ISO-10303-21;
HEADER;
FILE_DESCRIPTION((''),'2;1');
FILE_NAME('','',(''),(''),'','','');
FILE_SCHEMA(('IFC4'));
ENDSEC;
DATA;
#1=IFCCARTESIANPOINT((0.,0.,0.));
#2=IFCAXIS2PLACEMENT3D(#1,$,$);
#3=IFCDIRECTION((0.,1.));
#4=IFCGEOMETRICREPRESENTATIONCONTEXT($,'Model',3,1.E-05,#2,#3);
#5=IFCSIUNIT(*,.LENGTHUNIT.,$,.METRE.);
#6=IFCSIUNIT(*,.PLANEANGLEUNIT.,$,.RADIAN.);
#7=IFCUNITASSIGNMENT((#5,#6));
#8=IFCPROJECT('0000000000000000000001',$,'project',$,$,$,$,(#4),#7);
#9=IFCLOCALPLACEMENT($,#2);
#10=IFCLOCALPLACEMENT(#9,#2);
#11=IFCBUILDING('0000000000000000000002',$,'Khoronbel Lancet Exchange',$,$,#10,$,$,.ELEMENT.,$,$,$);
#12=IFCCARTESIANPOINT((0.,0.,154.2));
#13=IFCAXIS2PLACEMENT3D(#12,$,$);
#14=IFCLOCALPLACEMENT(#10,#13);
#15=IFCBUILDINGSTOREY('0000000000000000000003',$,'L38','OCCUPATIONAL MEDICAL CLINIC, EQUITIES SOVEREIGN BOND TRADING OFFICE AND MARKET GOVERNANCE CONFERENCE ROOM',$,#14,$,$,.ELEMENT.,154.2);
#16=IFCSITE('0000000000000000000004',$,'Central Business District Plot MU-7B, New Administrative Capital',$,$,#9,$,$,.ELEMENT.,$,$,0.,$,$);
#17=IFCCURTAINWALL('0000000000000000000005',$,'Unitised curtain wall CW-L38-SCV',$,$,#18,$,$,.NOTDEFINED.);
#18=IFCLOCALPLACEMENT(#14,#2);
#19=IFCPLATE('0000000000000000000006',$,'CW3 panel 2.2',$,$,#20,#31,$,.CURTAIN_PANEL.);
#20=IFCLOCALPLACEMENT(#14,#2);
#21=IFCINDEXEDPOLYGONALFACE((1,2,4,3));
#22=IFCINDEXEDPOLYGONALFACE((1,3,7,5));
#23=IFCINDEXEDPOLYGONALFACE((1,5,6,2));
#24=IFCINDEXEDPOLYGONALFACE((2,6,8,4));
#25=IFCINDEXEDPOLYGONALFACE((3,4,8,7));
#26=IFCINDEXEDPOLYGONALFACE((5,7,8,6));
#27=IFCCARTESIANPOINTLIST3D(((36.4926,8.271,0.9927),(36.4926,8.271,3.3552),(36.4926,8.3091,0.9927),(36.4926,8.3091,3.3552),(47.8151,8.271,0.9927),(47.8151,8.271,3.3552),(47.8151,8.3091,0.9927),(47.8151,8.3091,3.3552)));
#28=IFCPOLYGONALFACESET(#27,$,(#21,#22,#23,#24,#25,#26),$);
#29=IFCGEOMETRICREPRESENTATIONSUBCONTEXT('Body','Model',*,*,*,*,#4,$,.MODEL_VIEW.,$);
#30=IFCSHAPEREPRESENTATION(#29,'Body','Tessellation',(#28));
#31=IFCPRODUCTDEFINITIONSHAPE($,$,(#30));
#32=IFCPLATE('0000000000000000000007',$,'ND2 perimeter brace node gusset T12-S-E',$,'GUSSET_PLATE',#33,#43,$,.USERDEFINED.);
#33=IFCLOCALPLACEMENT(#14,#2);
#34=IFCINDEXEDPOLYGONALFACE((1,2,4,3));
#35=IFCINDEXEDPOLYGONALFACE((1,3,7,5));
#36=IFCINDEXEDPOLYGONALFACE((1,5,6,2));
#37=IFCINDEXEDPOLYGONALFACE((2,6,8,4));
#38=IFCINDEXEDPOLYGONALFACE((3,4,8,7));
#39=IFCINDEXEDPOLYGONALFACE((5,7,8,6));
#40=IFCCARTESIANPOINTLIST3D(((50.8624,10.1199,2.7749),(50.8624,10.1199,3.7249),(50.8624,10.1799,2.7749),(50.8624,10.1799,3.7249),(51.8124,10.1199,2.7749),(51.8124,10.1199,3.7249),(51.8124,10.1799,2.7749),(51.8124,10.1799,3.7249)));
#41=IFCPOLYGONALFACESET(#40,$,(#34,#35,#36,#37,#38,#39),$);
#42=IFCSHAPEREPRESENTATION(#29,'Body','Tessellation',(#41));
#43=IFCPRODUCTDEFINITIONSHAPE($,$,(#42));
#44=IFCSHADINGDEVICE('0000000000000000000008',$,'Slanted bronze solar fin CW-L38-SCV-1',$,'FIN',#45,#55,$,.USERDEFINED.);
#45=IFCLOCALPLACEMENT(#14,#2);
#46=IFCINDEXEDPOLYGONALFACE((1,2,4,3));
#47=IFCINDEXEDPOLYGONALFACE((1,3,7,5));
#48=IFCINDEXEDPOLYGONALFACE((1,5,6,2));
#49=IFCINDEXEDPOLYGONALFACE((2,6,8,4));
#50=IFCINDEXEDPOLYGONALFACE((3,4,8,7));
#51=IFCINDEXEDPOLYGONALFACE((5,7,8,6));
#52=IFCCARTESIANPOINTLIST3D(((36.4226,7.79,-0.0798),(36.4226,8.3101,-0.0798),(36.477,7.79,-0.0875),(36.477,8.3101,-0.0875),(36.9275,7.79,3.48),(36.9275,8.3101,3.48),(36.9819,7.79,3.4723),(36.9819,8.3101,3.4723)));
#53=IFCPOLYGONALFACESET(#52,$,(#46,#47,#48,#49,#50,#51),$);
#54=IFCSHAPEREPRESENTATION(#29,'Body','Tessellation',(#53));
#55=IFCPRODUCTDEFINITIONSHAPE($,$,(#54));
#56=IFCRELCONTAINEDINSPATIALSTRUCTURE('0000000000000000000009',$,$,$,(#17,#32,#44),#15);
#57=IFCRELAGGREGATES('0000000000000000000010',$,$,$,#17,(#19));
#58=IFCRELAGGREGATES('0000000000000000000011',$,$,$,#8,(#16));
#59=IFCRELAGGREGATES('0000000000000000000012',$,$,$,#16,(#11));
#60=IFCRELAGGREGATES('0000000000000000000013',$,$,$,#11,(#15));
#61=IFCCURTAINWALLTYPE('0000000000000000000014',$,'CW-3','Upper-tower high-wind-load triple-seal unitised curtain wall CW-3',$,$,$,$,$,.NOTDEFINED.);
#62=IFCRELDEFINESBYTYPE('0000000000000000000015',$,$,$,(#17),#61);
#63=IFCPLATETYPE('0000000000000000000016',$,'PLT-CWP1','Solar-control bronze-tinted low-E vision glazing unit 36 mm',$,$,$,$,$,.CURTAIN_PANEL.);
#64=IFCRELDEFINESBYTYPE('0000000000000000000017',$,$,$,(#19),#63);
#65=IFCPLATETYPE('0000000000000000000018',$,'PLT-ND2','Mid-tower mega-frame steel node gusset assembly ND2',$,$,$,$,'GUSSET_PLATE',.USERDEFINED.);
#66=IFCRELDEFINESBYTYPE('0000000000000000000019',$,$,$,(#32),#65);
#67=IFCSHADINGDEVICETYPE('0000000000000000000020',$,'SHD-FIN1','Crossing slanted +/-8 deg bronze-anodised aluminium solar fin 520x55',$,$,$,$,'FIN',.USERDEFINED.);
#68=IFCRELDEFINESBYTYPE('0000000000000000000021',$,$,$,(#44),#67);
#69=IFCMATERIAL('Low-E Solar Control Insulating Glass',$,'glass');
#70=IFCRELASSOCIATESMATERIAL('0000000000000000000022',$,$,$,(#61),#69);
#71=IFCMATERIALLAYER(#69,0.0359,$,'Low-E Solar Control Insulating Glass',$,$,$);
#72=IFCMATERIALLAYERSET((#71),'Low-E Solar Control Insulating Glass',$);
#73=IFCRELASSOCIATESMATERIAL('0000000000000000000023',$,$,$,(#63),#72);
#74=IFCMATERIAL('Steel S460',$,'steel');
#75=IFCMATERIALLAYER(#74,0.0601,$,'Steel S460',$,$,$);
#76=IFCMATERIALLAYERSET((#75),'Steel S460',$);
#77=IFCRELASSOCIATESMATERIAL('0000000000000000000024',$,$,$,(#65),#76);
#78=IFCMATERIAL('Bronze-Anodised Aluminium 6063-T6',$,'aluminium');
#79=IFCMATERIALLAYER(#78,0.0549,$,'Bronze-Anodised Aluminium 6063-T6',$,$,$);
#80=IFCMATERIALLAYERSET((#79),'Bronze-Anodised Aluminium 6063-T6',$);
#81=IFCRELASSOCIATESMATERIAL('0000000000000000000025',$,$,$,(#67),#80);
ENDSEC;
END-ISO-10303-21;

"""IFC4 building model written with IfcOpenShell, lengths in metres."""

from ifc_helpers import new_model, si_unit, direction, frame, origin, origin_2d, place, context, subcontext, project, spatial, polyline, rectangle, outline, extrude, material, layer, layer_set, type_object, element, aggregate, save


model = new_model("IFC4")

# Units and contexts
model_context = context("Model", 3, precision=1e-05, world=origin(), true_north=direction((0.0, 1.0)))
body_context = subcontext(model_context, "Body", "Model", "MODEL_VIEW")
ifc_project = project(units=[si_unit("LENGTHUNIT", "METRE"), si_unit("PLANEANGLEUNIT", "RADIAN")], contexts=[model_context])

# Site, building, storey
site_placement = place(None, origin())
site = spatial("IfcSite", under=ifc_project, at=site_placement, Name="Central Business District Plot MU-7B, New Administrative Capital", CompositionType="ELEMENT", RefElevation=0.0)
building_placement = place(site_placement, origin())
building = spatial("IfcBuilding", under=site, at=building_placement, Name="Khoronbel Lancet Exchange", CompositionType="ELEMENT")
storey_placement = place(building_placement, frame((0.0, 0.0, 154.2)))
storey = spatial("IfcBuildingStorey", under=building, at=storey_placement, Name="L38", Description="OCCUPATIONAL MEDICAL CLINIC, EQUITIES SOVEREIGN BOND TRADING OFFICE AND MARKET GOVERNANCE CONFERENCE ROOM", CompositionType="ELEMENT", Elevation=154.2)

# Shared definitions
ifc_material_1 = material(Name="Steel S460", Category="steel")

# Curtain wall
ifc_material_2 = material(Name="Low-E Solar Control Insulating Glass", Category="glass")
curtain_wall_type = type_object("IfcCurtainWallType", Name="CW-3", Description="Upper-tower high-wind-load triple-seal unitised curtain wall CW-3", PredefinedType="NOTDEFINED", material=ifc_material_2)
curtain_wall_1_placement = place(storey_placement, origin())
curtain_wall_1 = element("IfcCurtainWall", 1, at=curtain_wall_1_placement, inside=storey, type_object=curtain_wall_type, Name="Unitised curtain wall CW-L38-SCV", PredefinedType="NOTDEFINED")
ifc_material_3 = material(Name="Bronze-Anodised Aluminium 6063-T6", Category="aluminium")

# Plates
ifc_layer_1 = layer(ifc_material_2, 0.0359, Name="Low-E Solar Control Insulating Glass")
ifc_layer_set_1 = layer_set([ifc_layer_1], Name="Low-E Solar Control Insulating Glass")
plate_type_1 = type_object("IfcPlateType", Name="PLT-CWP1", Description="Solar-control bronze-tinted low-E vision glazing unit 36 mm", PredefinedType="CURTAIN_PANEL", material=ifc_layer_set_1)
plate_1_placement = place(storey_placement, frame((42.1538, 8.29, 0.9927), z_axis=(0.0, 0.0, 1.0), x_axis=(1.0, 0.0, 0.0)))
plate_1 = element("IfcPlate", 2, at=plate_1_placement, type_object=plate_type_1, Name="CW3 panel 2.2", PredefinedType="CURTAIN_PANEL", context=body_context, shape_type="SweptSolid", body=[
    extrude(rectangle(XDim=11.3225, YDim=0.0381, at=origin_2d()), origin(), (0.0, 0.0, 1.0), 2.3625),
])
aggregate(curtain_wall_1, [plate_1])
ifc_layer_2 = layer(ifc_material_1, 0.0601, Name="Steel S460")
ifc_layer_set_2 = layer_set([ifc_layer_2], Name="Steel S460")
plate_type_2 = type_object("IfcPlateType", Name="PLT-ND2", Description="Mid-tower mega-frame steel node gusset assembly ND2", ElementType="GUSSET_PLATE", PredefinedType="USERDEFINED", material=ifc_layer_set_2)
plate_2_placement = place(storey_placement, frame((51.3374, 10.1499, 2.7749), z_axis=(0.0, 0.0, 1.0), x_axis=(1.0, 0.0, 0.0)))
element("IfcPlate", 3, at=plate_2_placement, inside=storey, type_object=plate_type_2, Name="ND2 perimeter brace node gusset T12-S-E", ObjectType="GUSSET_PLATE", PredefinedType="USERDEFINED", context=body_context, shape_type="SweptSolid", body=[
    extrude(rectangle(XDim=0.95, YDim=0.0601, at=origin_2d()), origin(), (0.0, 0.0, 1.0), 0.95),
])

# Shading device
ifc_layer_3 = layer(ifc_material_3, 0.0549, Name="Bronze-Anodised Aluminium 6063-T6")
ifc_layer_set_3 = layer_set([ifc_layer_3], Name="Bronze-Anodised Aluminium 6063-T6")
shading_device_type = type_object("IfcShadingDeviceType", Name="SHD-FIN1", Description="Crossing slanted +/-8 deg bronze-anodised aluminium solar fin 520x55", ElementType="FIN", PredefinedType="USERDEFINED", material=ifc_layer_set_3)
shading_device_placement = place(storey_placement, frame((36.4226, 8.3101, -0.0798), z_axis=(-0.990092, 0.0, 0.140423), x_axis=(0.0, -1.0, 0.0)))
element("IfcShadingDevice", 4, at=shading_device_placement, inside=storey, type_object=shading_device_type, Name="Slanted bronze solar fin CW-L38-SCV-1", ObjectType="FIN", PredefinedType="USERDEFINED", context=body_context, shape_type="SweptSolid", body=[
    extrude(outline(polyline([(0.0, 0.0), (0.52, 0.0), (0.52, 3.5955), (0.0, 3.5955), (0.0, 0.0)])), origin(), (0.0, 0.0, -1.0), 0.0549),
])

save(model, "model.ifc")
